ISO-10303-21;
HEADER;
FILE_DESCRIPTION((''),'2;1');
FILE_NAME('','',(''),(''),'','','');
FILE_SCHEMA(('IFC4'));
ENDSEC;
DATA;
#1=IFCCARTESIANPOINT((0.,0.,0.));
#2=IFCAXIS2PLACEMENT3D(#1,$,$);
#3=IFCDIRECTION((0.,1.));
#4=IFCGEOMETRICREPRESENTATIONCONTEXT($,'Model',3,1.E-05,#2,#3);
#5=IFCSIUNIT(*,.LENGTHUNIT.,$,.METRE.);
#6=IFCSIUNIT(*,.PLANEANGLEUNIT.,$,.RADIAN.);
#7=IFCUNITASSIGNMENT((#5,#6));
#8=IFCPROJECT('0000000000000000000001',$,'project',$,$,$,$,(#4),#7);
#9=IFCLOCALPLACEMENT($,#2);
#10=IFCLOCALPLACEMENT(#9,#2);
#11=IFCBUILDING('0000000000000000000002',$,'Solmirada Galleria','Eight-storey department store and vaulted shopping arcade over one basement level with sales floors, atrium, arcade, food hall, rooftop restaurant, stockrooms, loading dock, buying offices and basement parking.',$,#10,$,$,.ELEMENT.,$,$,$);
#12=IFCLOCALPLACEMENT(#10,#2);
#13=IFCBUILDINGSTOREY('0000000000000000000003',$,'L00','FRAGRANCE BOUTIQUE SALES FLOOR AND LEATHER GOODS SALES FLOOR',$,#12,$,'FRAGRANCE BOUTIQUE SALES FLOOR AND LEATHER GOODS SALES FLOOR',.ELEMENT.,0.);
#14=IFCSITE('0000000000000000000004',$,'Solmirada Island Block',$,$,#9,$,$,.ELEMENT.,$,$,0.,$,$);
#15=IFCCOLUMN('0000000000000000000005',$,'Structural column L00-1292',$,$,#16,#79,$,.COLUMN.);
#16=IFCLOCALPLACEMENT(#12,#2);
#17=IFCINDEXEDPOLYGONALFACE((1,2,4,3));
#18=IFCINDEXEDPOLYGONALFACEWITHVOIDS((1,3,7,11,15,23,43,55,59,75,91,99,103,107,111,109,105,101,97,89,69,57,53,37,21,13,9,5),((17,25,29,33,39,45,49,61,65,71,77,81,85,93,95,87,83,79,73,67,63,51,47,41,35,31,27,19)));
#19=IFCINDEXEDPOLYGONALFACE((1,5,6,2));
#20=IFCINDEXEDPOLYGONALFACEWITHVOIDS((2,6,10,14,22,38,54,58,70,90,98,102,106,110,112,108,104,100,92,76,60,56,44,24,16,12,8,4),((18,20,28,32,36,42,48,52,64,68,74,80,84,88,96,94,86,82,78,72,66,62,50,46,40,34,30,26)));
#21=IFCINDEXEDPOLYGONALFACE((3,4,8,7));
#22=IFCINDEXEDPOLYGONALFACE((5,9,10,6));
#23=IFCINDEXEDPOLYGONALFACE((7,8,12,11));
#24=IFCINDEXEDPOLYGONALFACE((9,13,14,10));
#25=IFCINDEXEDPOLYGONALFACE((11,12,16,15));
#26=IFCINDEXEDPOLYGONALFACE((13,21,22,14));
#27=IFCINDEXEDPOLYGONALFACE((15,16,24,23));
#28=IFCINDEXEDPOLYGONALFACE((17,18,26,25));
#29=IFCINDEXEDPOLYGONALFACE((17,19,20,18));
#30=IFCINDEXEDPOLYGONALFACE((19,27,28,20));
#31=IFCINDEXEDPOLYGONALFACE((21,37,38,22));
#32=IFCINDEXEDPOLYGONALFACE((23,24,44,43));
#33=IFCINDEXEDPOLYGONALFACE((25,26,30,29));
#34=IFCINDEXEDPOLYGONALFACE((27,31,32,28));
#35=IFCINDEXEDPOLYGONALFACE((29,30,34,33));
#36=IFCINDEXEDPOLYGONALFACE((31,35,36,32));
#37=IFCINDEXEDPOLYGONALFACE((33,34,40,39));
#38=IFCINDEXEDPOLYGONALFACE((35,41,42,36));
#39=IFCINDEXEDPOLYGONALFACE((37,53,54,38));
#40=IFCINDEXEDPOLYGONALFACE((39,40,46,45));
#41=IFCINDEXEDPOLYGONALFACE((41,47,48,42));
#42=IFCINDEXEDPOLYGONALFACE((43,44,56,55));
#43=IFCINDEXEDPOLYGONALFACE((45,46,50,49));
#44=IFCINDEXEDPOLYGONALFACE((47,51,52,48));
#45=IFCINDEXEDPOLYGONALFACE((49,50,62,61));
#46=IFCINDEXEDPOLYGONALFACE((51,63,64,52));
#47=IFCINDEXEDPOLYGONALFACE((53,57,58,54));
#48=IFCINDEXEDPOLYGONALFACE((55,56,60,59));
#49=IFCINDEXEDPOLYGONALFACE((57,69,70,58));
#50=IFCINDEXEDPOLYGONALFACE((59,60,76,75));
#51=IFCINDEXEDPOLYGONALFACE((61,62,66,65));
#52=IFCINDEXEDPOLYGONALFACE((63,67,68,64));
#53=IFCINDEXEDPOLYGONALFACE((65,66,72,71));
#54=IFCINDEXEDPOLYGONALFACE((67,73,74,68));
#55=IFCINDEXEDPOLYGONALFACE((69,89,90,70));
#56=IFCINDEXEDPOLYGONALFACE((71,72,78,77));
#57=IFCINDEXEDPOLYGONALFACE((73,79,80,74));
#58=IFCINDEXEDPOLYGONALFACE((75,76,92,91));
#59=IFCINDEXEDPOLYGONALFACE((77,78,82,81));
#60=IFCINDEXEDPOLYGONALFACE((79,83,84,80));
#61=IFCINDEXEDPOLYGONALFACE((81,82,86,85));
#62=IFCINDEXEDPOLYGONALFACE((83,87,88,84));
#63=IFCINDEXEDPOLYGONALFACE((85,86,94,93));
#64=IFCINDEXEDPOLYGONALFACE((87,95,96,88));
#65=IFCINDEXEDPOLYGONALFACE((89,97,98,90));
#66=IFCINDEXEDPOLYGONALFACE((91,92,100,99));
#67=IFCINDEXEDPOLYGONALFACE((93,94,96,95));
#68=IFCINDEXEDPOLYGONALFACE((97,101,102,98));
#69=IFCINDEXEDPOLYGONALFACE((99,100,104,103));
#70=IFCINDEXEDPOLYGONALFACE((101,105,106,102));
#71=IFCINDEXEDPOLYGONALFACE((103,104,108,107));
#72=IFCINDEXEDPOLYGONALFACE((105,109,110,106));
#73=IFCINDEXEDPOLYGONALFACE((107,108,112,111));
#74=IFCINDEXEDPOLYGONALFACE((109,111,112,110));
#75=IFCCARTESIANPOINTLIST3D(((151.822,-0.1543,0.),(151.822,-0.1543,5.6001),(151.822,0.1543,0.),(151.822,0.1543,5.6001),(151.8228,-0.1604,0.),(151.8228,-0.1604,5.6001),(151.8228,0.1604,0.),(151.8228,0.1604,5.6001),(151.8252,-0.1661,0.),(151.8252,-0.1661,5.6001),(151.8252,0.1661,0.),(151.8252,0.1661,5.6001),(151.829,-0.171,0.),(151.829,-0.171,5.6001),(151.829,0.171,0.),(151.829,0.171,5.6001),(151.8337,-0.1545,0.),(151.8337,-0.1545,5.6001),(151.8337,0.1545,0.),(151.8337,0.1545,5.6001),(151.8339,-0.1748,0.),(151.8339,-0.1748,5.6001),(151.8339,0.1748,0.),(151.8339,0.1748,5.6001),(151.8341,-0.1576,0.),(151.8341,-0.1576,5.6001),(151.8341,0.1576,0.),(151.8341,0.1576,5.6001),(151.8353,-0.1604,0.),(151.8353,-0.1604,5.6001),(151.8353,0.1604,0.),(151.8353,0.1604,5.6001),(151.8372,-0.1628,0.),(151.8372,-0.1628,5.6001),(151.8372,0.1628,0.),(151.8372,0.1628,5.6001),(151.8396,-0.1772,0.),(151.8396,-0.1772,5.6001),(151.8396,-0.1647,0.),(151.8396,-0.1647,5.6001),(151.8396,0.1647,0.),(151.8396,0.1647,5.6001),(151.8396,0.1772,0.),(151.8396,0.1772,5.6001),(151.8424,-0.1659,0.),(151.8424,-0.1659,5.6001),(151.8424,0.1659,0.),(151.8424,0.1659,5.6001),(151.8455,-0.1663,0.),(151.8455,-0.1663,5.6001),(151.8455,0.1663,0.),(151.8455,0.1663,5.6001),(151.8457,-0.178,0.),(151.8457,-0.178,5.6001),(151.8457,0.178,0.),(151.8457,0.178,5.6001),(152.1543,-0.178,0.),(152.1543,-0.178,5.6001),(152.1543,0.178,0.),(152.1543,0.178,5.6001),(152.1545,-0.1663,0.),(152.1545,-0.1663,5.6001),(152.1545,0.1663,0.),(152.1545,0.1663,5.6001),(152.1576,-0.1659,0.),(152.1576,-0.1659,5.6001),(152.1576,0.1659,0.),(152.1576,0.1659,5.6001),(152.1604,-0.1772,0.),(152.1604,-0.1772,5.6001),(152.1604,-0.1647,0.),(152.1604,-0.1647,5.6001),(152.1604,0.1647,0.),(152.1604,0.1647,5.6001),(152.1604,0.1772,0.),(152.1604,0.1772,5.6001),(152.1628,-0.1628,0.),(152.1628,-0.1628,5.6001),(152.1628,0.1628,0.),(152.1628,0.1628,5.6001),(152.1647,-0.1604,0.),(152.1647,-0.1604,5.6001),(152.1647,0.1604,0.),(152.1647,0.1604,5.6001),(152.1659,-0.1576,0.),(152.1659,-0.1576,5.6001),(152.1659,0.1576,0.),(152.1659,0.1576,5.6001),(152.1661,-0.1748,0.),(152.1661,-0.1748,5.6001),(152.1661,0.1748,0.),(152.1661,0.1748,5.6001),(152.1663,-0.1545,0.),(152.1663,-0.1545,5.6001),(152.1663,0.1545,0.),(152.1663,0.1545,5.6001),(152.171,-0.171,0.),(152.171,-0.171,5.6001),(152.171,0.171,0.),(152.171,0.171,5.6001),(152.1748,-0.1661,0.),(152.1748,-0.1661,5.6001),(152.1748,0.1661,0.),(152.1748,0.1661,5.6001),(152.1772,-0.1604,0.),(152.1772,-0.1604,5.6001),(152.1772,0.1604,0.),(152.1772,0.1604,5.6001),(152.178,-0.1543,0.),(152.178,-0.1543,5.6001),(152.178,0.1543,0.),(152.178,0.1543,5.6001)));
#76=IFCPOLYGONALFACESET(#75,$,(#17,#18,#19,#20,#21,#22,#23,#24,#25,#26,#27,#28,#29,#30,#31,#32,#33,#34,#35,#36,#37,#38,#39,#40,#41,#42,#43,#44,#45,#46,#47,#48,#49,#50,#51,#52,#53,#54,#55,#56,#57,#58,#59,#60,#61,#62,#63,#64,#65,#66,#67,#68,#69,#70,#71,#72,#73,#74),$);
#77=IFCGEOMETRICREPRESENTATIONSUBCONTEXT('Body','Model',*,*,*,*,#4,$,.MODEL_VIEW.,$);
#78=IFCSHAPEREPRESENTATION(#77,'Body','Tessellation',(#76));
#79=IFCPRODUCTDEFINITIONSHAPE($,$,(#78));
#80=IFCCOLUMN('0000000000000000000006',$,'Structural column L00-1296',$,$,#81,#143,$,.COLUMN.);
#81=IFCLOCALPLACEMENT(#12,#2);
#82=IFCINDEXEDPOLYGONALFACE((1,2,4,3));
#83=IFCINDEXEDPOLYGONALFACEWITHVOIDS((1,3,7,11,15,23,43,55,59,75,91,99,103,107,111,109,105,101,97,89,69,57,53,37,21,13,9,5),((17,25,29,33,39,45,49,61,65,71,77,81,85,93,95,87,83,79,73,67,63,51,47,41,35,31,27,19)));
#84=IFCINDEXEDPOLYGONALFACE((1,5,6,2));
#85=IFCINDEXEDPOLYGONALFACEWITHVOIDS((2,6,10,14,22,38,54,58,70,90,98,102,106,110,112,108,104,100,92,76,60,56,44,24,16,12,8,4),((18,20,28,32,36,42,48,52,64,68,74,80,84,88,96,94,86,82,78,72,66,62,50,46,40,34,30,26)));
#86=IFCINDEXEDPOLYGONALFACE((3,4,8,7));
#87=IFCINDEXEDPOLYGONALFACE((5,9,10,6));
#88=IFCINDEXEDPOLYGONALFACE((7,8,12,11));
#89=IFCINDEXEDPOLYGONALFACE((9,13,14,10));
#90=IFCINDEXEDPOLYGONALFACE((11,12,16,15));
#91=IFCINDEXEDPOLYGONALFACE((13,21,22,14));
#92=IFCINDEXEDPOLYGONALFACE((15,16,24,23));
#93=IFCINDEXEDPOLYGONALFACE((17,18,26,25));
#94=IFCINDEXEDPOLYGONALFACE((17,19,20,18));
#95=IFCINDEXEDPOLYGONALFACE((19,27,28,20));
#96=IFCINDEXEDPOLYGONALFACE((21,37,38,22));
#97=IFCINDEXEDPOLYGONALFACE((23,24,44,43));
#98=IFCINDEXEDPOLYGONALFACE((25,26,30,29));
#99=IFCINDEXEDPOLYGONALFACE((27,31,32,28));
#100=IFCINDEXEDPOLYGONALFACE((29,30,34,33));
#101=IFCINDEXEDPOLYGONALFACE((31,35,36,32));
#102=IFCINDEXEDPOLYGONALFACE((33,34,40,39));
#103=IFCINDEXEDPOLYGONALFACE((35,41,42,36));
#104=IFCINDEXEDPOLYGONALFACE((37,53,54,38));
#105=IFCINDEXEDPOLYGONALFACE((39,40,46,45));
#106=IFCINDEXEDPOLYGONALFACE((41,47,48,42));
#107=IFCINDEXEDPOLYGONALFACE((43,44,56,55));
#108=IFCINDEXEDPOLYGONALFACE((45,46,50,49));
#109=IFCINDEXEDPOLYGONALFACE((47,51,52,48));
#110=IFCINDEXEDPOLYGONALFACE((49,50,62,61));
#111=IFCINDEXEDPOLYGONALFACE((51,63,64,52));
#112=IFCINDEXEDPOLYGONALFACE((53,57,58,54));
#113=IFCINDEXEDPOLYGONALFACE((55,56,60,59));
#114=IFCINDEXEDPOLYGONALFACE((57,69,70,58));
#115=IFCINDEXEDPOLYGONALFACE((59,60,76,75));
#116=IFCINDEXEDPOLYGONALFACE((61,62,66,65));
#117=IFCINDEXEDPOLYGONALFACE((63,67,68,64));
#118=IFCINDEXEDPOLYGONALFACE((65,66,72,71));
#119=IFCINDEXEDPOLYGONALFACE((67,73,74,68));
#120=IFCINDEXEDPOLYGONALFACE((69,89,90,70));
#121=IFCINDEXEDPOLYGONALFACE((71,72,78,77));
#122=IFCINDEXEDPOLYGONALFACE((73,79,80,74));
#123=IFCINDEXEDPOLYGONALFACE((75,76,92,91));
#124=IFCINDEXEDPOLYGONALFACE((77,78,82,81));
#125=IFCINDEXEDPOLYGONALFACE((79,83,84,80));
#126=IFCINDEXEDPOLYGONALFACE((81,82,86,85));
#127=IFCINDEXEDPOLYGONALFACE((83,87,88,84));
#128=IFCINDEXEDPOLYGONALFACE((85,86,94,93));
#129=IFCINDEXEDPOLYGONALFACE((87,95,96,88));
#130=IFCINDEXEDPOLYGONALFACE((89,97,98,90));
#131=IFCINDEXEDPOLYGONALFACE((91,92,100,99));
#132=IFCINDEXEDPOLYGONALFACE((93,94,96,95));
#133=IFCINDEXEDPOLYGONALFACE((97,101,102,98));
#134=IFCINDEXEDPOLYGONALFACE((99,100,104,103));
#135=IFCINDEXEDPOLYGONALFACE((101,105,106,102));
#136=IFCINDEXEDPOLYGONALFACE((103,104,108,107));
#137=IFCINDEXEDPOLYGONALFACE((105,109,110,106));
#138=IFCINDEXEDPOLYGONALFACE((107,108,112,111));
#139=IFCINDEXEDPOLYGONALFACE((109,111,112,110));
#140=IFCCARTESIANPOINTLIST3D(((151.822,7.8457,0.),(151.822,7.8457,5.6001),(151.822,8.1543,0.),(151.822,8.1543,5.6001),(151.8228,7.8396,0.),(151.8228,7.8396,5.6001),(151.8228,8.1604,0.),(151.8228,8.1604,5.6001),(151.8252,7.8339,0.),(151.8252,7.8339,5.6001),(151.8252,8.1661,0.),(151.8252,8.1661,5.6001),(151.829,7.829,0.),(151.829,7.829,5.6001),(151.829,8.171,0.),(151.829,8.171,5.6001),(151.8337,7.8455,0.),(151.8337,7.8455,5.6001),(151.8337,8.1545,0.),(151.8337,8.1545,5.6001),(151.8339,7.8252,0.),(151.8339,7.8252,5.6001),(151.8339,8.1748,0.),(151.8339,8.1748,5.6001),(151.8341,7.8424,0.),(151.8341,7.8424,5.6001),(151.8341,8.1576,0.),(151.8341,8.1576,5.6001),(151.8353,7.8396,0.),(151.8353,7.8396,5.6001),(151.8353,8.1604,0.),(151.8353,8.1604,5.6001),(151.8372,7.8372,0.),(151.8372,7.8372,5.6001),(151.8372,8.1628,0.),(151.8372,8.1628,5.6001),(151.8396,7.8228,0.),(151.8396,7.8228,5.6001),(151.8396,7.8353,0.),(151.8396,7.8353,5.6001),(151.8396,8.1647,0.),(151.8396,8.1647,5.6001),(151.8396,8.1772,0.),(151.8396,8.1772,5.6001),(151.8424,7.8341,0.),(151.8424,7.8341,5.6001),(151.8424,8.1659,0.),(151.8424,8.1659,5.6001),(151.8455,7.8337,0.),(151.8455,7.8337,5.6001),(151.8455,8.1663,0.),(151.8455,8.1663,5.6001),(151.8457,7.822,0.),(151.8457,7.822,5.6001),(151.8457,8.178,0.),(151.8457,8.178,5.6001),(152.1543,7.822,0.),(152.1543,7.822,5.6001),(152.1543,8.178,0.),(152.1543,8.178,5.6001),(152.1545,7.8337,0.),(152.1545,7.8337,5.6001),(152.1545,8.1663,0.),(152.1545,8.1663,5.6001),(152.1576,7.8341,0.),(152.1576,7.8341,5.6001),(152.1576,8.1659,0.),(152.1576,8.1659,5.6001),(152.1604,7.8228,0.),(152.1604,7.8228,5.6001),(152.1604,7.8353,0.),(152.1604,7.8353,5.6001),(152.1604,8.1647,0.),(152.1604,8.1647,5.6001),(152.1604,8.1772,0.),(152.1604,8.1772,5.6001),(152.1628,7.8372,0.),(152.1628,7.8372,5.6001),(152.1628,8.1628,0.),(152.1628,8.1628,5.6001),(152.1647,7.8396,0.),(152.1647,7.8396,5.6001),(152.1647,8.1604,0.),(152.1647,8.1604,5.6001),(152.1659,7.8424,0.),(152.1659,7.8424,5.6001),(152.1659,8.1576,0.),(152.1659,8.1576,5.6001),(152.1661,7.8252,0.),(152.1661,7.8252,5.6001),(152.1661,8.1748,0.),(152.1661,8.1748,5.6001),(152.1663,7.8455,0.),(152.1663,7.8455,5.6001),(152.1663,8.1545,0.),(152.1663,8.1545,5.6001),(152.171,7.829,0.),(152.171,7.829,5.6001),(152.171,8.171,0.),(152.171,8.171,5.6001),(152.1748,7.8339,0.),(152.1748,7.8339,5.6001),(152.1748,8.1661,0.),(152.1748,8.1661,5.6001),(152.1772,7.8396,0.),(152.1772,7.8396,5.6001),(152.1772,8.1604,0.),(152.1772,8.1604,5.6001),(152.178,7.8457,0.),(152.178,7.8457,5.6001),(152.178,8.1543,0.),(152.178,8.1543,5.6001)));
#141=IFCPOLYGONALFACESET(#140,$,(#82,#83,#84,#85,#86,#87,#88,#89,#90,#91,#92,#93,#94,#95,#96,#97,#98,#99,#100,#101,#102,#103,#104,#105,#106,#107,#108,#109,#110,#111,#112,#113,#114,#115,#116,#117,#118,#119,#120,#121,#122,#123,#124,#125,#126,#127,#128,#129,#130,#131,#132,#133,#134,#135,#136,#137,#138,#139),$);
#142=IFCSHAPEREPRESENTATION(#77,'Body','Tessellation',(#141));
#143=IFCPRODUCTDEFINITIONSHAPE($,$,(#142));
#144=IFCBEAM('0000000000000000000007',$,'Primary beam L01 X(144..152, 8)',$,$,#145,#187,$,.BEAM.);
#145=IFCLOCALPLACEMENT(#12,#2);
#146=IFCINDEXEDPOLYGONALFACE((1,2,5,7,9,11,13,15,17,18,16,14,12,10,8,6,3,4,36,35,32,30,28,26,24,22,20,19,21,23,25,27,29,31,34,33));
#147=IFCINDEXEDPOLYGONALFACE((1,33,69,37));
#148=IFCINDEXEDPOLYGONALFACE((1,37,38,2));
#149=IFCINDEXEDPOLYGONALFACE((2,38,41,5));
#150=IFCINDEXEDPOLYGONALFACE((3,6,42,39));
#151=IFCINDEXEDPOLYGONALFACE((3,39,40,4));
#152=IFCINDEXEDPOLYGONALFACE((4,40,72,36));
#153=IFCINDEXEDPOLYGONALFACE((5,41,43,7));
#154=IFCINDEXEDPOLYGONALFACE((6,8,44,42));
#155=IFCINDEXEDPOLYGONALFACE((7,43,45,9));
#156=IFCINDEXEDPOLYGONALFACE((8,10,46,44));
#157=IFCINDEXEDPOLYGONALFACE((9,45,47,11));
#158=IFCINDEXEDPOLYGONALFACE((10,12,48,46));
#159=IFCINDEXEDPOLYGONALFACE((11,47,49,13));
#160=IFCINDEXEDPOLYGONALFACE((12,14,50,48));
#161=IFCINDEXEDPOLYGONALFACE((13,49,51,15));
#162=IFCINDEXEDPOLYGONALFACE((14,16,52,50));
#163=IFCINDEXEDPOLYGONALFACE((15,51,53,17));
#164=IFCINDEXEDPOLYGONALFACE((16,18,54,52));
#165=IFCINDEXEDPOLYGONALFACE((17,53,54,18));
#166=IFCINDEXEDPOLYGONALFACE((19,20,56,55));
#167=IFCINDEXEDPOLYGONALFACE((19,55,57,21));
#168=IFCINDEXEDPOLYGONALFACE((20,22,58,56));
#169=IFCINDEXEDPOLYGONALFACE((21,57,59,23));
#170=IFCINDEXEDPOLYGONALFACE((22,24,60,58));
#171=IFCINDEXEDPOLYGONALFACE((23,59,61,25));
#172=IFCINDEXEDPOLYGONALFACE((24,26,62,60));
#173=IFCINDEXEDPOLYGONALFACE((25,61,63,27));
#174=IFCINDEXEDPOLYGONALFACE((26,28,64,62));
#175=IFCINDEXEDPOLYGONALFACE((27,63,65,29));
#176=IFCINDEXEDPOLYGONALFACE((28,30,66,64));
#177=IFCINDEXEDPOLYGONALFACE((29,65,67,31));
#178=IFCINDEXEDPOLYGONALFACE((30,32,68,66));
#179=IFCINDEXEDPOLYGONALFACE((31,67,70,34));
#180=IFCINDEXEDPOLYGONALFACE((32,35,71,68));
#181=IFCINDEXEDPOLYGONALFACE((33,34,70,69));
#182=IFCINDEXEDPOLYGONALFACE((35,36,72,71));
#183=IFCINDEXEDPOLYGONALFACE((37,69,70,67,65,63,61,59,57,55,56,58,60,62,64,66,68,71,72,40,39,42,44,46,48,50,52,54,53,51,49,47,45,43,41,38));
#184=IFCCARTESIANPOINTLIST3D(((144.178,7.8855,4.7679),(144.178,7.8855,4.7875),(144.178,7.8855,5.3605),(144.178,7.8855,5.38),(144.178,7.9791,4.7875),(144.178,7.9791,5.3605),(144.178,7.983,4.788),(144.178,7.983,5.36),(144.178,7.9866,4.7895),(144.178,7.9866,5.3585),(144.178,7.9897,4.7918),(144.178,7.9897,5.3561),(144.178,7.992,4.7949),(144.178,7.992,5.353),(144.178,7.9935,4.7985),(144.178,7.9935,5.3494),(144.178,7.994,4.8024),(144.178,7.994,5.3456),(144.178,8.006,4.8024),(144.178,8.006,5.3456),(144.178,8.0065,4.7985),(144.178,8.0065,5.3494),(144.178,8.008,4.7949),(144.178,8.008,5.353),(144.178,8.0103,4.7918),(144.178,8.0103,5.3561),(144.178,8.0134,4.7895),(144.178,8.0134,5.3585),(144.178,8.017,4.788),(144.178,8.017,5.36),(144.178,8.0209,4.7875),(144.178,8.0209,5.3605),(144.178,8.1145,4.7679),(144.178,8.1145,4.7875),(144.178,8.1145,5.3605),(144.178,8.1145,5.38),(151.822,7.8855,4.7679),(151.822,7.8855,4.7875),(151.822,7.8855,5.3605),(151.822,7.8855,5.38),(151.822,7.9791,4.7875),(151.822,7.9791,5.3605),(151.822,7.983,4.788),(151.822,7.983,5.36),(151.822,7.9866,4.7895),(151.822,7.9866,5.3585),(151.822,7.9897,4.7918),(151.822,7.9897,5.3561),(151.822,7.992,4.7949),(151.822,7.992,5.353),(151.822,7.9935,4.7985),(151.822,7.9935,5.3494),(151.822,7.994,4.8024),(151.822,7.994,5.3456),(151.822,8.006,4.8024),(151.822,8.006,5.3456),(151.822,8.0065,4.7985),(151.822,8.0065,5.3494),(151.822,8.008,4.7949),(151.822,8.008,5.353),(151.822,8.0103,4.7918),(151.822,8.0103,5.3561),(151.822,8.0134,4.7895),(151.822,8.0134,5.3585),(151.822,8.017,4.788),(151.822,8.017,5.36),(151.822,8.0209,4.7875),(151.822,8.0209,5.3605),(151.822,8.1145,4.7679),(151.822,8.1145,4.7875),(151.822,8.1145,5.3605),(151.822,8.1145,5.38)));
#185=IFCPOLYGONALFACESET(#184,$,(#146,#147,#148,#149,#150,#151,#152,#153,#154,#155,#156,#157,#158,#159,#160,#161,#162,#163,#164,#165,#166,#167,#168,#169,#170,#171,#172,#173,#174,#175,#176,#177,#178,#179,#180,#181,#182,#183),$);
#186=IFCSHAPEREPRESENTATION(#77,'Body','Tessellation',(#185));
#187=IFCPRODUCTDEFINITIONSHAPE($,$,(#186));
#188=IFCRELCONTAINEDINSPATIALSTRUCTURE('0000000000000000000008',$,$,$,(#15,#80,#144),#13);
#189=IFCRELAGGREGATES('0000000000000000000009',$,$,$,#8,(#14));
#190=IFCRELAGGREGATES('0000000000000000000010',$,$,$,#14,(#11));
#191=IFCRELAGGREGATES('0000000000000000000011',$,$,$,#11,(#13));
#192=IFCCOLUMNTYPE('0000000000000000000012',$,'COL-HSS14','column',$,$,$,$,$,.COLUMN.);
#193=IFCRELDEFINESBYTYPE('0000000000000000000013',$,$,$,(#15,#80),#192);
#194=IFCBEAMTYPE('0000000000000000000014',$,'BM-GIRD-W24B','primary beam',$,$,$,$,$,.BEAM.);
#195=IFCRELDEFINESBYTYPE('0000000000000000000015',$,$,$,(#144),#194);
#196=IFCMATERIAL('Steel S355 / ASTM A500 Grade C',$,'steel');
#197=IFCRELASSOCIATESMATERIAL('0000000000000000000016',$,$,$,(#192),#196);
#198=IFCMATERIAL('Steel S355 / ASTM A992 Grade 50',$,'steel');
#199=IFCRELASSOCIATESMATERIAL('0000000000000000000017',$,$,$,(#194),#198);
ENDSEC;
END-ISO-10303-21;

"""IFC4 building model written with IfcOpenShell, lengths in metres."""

from ifc_helpers import new_model, si_unit, direction, frame, origin, origin_2d, place, context, subcontext, project, spatial, hollow_rectangle, i_section, extrude, material, material_profile, profile_set, type_object, element, save


model = new_model("IFC4")

# Units and contexts
model_context = context("Model", 3, precision=1e-05, world=origin(), true_north=direction((0.0, 1.0)))
body_context = subcontext(model_context, "Body", "Model", "MODEL_VIEW")
ifc_project = project(units=[si_unit("LENGTHUNIT", "METRE"), si_unit("PLANEANGLEUNIT", "RADIAN")], contexts=[model_context])

# Site, building, storey
site_placement = place(None, origin())
site = spatial("IfcSite", under=ifc_project, at=site_placement, Name="Solmirada Island Block", CompositionType="ELEMENT", RefElevation=0.0)
building_placement = place(site_placement, origin())
building = spatial("IfcBuilding", under=site, at=building_placement, Name="Solmirada Galleria", Description="Eight-storey department store and vaulted shopping arcade over one basement level with sales floors, atrium, arcade, food hall, rooftop restaurant, stockrooms, loading dock, buying offices and basement parking.", CompositionType="ELEMENT")
storey_placement = place(building_placement, origin())
storey = spatial("IfcBuildingStorey", under=building, at=storey_placement, Name="L00", Description="FRAGRANCE BOUTIQUE SALES FLOOR AND LEATHER GOODS SALES FLOOR", LongName="FRAGRANCE BOUTIQUE SALES FLOOR AND LEATHER GOODS SALES FLOOR", CompositionType="ELEMENT", Elevation=0.0)

# Columns
ifc_material_1 = material(Name="Steel S355 / ASTM A500 Grade C", Category="steel")
ifc_material_profile_1 = material_profile(ifc_material_1, hollow_rectangle(XDim=0.356, YDim=0.356, WallThickness=0.0117, InnerFilletRadius=0.0117, OuterFilletRadius=0.0237, at=origin_2d()), Name="HSS14X14X1/2")
ifc_profile_set_1 = profile_set([ifc_material_profile_1], Name="Steel S355 / ASTM A500 Grade C")
column_type = type_object("IfcColumnType", Name="COL-HSS14", Description="column", PredefinedType="COLUMN", material=ifc_profile_set_1)
for number, where, z_axis, x_axis, name in (
    (1, (152.0, 0.0, 0.0), (0.0, 0.0, 1.0), (1.0, 0.0, 0.0), "Structural column L00-1292"),
    (2, (152.0, 8.0, 0.0), (0.0, 0.0, 1.0), (1.0, 0.0, 0.0), "Structural column L00-1296"),
):
    element("IfcColumn", number, at=place(storey_placement, frame(where, z_axis=z_axis, x_axis=x_axis)), inside=storey, type_object=column_type, Name=name, PredefinedType="COLUMN", context=body_context, shape_type="SweptSolid", body=[
        extrude(hollow_rectangle(XDim=0.356, YDim=0.356, WallThickness=0.0117, InnerFilletRadius=0.0117, OuterFilletRadius=0.0237, at=origin_2d()), origin(), (0.0, 0.0, 1.0), 5.6001),
    ])

# Beam
ifc_material_2 = material(Name="Steel S355 / ASTM A992 Grade 50", Category="steel")
ifc_material_profile_2 = material_profile(ifc_material_2, i_section(OverallWidth=0.229, OverallDepth=0.6121, WebThickness=0.012, FlangeThickness=0.0195, FilletRadius=0.0149, at=origin_2d()), Name="W24X84")
ifc_profile_set_2 = profile_set([ifc_material_profile_2], Name="Steel S355 / ASTM A992 Grade 50")
beam_type_1 = type_object("IfcBeamType", Name="BM-GIRD-W24B", Description="primary beam", PredefinedType="BEAM", material=ifc_profile_set_2)
for number, where, z_axis, x_axis, name in (
    (3, (144.178, 8.0, 5.074), (1.0, 0.0, 0.0), (0.0, 1.0, 0.0), "Primary beam L01 X(144..152, 8)"),
):
    element("IfcBeam", number, at=place(storey_placement, frame(where, z_axis=z_axis, x_axis=x_axis)), inside=storey, type_object=beam_type_1, Name=name, PredefinedType="BEAM", context=body_context, shape_type="SweptSolid", body=[
        extrude(i_section(OverallWidth=0.229, OverallDepth=0.6121, WebThickness=0.012, FlangeThickness=0.0195, FilletRadius=0.0149, at=origin_2d()), origin(), (0.0, 0.0, 1.0), 7.644),
    ])

save(model, "model.ifc")
